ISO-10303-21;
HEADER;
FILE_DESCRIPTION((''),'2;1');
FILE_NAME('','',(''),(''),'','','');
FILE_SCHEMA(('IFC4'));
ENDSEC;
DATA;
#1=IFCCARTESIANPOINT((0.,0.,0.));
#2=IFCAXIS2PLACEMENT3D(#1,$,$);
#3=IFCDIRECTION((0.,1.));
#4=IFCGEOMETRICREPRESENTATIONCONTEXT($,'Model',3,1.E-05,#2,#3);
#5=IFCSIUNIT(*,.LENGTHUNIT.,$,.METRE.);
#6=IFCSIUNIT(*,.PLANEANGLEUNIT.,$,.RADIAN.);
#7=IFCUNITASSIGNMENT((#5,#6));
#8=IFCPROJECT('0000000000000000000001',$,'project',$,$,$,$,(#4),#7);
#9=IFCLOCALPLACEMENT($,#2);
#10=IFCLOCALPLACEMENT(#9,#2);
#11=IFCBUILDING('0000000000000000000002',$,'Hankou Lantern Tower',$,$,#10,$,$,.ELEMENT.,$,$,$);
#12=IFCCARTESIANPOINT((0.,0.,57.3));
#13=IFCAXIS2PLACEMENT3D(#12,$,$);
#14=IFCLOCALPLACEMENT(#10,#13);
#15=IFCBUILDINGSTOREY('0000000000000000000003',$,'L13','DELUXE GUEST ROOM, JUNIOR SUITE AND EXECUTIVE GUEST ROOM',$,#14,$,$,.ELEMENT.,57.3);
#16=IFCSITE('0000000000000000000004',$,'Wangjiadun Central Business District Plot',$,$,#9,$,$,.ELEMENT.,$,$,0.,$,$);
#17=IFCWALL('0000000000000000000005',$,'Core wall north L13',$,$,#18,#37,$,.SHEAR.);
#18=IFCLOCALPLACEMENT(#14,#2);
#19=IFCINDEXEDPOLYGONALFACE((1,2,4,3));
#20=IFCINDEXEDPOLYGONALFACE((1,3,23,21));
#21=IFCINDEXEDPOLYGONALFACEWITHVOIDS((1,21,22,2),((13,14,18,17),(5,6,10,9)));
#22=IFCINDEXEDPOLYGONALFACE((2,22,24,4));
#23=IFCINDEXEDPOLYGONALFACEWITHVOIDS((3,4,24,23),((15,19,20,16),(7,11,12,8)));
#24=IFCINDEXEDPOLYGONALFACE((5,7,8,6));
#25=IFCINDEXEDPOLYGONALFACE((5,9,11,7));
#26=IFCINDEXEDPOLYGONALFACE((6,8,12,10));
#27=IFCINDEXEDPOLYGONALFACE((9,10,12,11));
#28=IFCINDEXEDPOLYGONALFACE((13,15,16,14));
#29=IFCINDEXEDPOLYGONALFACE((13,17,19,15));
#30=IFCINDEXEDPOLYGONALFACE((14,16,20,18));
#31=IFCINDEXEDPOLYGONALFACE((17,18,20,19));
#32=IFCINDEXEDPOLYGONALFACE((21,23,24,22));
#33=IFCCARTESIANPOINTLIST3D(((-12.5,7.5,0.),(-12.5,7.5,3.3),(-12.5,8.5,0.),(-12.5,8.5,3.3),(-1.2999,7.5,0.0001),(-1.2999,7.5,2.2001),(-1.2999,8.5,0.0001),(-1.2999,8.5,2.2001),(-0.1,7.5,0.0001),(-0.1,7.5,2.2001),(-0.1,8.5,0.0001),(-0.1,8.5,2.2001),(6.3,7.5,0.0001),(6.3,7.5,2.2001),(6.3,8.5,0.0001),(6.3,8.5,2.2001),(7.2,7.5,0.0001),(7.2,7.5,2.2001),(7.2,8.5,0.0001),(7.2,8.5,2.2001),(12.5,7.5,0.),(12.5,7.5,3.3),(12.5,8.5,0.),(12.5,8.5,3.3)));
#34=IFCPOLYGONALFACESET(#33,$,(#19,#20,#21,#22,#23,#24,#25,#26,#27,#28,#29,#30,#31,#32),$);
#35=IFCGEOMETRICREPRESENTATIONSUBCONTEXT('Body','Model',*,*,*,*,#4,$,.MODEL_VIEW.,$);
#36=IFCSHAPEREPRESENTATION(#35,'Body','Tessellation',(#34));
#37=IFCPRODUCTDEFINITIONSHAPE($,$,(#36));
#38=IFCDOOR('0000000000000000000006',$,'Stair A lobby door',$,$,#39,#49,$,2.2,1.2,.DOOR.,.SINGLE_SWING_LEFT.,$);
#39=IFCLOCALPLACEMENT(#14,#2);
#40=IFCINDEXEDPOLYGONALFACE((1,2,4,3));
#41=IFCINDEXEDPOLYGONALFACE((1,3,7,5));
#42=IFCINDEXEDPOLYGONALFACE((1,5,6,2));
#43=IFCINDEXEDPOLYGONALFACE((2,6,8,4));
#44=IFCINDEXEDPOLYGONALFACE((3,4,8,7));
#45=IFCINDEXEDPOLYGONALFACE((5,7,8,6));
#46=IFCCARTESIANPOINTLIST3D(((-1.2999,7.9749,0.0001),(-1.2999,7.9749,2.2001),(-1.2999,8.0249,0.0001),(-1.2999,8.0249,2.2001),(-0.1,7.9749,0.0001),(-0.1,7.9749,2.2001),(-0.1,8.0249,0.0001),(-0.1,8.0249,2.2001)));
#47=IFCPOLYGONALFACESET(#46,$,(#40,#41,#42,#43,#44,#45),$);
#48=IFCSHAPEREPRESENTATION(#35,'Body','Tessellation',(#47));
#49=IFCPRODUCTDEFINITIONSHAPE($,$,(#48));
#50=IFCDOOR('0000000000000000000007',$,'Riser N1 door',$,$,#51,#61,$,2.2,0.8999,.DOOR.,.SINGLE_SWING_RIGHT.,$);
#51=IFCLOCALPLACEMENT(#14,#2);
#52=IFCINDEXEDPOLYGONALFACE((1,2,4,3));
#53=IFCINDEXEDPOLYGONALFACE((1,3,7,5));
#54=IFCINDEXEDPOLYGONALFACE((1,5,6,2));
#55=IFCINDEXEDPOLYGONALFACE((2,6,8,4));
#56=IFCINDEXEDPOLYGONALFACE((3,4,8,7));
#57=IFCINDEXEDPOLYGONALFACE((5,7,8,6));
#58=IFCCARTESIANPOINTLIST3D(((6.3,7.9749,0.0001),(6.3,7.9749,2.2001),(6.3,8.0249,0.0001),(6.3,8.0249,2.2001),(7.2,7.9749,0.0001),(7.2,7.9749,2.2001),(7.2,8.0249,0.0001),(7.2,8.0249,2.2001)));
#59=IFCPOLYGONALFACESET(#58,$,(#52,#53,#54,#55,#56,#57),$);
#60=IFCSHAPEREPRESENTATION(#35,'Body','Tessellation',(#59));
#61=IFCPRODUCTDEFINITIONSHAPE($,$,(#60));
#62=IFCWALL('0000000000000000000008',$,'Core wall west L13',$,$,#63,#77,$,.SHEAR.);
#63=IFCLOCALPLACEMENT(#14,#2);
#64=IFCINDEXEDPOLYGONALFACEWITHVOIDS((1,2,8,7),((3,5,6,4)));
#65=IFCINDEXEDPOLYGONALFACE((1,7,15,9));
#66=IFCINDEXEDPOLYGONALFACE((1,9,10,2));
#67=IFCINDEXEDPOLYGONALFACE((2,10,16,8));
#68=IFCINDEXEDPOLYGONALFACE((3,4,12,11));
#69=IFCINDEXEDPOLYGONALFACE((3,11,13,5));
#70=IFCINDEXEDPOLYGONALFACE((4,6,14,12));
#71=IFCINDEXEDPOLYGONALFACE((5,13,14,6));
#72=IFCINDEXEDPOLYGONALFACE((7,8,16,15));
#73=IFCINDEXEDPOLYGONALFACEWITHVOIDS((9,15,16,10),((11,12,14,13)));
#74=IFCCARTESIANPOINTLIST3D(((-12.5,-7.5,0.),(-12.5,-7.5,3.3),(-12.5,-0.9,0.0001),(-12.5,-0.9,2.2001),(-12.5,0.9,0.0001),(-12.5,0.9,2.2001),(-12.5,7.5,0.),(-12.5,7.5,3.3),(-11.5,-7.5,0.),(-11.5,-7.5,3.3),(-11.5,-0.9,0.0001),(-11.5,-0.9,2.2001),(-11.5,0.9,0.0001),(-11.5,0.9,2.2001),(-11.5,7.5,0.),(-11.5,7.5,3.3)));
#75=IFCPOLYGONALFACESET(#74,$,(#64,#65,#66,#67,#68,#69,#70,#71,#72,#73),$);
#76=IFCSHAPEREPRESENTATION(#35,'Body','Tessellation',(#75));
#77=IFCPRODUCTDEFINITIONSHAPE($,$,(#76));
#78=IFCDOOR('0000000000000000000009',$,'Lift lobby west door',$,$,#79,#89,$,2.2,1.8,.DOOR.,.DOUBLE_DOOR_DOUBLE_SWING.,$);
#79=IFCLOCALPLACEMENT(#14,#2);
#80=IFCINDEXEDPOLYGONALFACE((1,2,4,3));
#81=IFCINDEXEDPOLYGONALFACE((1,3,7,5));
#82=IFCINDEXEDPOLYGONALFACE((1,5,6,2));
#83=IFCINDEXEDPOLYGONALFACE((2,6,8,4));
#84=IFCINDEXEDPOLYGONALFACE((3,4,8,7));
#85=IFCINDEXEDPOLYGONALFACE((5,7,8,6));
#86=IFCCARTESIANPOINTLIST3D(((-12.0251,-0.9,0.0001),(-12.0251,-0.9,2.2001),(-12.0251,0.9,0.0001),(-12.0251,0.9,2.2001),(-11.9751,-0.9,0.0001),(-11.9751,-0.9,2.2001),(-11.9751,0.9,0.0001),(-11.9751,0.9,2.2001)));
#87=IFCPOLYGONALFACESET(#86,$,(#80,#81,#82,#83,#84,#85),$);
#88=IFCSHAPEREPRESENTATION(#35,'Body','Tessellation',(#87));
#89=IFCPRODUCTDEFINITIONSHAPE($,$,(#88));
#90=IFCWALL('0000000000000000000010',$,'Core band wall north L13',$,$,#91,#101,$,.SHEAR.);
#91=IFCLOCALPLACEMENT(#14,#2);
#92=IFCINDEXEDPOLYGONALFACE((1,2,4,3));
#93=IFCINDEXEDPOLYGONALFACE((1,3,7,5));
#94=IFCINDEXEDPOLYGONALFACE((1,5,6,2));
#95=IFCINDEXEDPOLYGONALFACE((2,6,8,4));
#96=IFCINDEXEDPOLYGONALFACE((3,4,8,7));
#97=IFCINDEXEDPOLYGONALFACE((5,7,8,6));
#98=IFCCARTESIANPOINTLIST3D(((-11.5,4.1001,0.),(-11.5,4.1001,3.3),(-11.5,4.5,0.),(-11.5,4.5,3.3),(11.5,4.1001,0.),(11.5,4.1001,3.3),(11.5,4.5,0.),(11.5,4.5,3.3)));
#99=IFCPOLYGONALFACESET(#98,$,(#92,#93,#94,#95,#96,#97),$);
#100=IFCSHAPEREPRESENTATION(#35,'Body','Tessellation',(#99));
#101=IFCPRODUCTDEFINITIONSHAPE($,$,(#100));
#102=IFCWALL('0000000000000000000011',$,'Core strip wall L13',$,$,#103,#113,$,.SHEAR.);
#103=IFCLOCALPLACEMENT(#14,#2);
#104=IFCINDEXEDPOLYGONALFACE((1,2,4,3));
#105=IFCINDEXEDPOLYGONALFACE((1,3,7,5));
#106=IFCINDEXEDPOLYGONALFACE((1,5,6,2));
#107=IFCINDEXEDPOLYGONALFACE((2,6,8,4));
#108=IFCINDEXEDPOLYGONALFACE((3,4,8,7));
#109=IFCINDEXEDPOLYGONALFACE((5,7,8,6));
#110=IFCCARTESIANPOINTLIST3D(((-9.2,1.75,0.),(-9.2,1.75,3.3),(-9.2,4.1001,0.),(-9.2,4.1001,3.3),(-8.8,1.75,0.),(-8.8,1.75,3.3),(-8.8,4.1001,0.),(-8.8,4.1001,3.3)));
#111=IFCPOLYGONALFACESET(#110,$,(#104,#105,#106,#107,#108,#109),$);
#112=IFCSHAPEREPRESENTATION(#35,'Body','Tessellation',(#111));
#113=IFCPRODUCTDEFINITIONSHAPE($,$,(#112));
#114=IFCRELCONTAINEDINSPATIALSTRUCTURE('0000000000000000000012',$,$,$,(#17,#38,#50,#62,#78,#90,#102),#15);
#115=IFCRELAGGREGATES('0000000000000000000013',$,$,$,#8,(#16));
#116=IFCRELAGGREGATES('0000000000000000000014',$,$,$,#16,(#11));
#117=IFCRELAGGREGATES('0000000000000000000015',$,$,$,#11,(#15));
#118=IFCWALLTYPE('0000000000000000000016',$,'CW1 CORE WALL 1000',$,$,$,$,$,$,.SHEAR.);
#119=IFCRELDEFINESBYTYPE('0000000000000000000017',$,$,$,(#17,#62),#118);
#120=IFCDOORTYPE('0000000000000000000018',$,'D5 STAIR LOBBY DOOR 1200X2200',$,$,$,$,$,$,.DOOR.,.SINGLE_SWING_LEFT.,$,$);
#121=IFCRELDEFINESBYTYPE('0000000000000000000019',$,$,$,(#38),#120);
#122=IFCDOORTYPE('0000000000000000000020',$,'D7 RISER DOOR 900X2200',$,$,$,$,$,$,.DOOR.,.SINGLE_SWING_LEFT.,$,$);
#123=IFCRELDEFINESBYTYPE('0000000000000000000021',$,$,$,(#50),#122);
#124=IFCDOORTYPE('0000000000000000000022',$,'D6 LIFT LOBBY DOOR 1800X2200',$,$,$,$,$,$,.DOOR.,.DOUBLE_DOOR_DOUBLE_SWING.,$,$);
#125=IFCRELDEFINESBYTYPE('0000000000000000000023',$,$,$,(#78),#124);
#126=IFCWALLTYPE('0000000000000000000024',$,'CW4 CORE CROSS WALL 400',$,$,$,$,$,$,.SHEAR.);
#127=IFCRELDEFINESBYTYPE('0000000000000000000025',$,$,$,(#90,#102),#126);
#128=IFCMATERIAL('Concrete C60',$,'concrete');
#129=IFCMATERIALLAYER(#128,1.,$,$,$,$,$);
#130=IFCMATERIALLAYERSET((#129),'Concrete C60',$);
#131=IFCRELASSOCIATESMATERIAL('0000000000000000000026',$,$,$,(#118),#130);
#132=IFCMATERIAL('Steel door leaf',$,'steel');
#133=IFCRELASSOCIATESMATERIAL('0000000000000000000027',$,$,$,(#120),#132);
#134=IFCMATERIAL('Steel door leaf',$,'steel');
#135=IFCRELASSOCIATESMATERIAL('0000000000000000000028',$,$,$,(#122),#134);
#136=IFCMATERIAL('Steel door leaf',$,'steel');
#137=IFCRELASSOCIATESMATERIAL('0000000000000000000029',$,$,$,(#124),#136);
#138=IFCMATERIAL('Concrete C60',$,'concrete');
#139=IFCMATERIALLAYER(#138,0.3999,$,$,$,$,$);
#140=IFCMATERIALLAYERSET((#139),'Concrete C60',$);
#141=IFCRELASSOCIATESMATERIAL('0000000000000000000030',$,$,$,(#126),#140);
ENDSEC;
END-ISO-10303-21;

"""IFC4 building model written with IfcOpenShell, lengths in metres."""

from ifc_helpers import new_model, si_unit, direction, frame, frame_2d, origin, place, context, subcontext, project, spatial, rectangle, extrude, material, layer, layer_set, type_object, element, fill, save


model = new_model("IFC4")

# Units and contexts
model_context = context("Model", 3, precision=1e-05, world=origin(), true_north=direction((0.0, 1.0)))
body_context = subcontext(model_context, "Body", "Model", "MODEL_VIEW")
ifc_project = project(units=[si_unit("LENGTHUNIT", "METRE"), si_unit("PLANEANGLEUNIT", "RADIAN")], contexts=[model_context])

# Site, building, storey
site_placement = place(None, origin())
site = spatial("IfcSite", under=ifc_project, at=site_placement, Name="Wangjiadun Central Business District Plot", CompositionType="ELEMENT", RefElevation=0.0)
building_placement = place(site_placement, origin())
building = spatial("IfcBuilding", under=site, at=building_placement, Name="Hankou Lantern Tower", CompositionType="ELEMENT")
storey_placement = place(building_placement, frame((0.0, 0.0, 57.3)))
storey = spatial("IfcBuildingStorey", under=building, at=storey_placement, Name="L13", Description="DELUXE GUEST ROOM, JUNIOR SUITE AND EXECUTIVE GUEST ROOM", CompositionType="ELEMENT", Elevation=57.3)

# Wall, openings, doors
ifc_material_1 = material(Name="Concrete C60", Category="concrete")
ifc_layer_1 = layer(ifc_material_1, 1.0)
ifc_layer_set_1 = layer_set([ifc_layer_1], Name="Concrete C60")
wall_type_1 = type_object("IfcWallType", Name="CW1 CORE WALL 1000", PredefinedType="SHEAR", material=ifc_layer_set_1)
wall_1_placement = place(storey_placement, frame((-12.5, 8.0, 0.0), z_axis=(0.0, 0.0, 1.0), x_axis=(1.0, 0.0, 0.0)))
wall_1 = element("IfcWall", 1, at=wall_1_placement, inside=storey, type_object=wall_type_1, Name="Core wall north L13", PredefinedType="SHEAR", context=body_context, shape_type="SweptSolid", body=[
    extrude(rectangle(XDim=25.0, YDim=1.0, at=frame_2d((12.5, 0.0))), origin(), (0.0, 0.0, 1.0), 3.3),
])
opening_1_placement = place(wall_1_placement, frame((11.2, 0.0, 0.0)))
opening_1 = element("IfcOpeningElement", 2, at=opening_1_placement, cuts=wall_1, PredefinedType="OPENING", context=body_context, shape_type="SweptSolid", body=[
    extrude(rectangle(XDim=1.2, YDim=2.2, at=frame_2d((0.6001, 1.1001))), frame((0.0, 0.51, 0.0), z_axis=(0.0, -1.0, 0.0), x_axis=(1.0, 0.0, 0.0)), (0.0, 0.0, 1.0), 1.02),
])
opening_2_placement = place(wall_1_placement, frame((18.8, 0.0, 0.0)))
opening_2 = element("IfcOpeningElement", 3, at=opening_2_placement, cuts=wall_1, PredefinedType="OPENING", context=body_context, shape_type="SweptSolid", body=[
    extrude(rectangle(XDim=0.8999, YDim=2.2, at=frame_2d((0.45, 1.1001))), frame((0.0, 0.51, 0.0), z_axis=(0.0, -1.0, 0.0), x_axis=(1.0, 0.0, 0.0)), (0.0, 0.0, 1.0), 1.02),
])
ifc_material_2 = material(Name="Steel door leaf", Category="steel")
door_type_1 = type_object("IfcDoorType", Name="D5 STAIR LOBBY DOOR 1200X2200", OperationType="SINGLE_SWING_LEFT", PredefinedType="DOOR", material=ifc_material_2)
door_1_placement = place(opening_1_placement, origin())
door_1 = element("IfcDoor", 4, at=door_1_placement, inside=storey, type_object=door_type_1, Name="Stair A lobby door", OperationType="SINGLE_SWING_LEFT", OverallHeight=2.2, OverallWidth=1.2, PredefinedType="DOOR", context=body_context, shape_type="SweptSolid", body=[
    extrude(rectangle(XDim=1.2, YDim=2.2, at=frame_2d((0.6001, 1.1001))), frame((0.0, 0.0249, 0.0), z_axis=(0.0, -1.0, 0.0), x_axis=(1.0, 0.0, 0.0)), (0.0, 0.0, 1.0), 0.05),
])
fill(opening_1, door_1)
ifc_material_3 = material(Name="Steel door leaf", Category="steel")
door_type_2 = type_object("IfcDoorType", Name="D7 RISER DOOR 900X2200", OperationType="SINGLE_SWING_LEFT", PredefinedType="DOOR", material=ifc_material_3)
door_2_placement = place(opening_2_placement, origin())
door_2 = element("IfcDoor", 5, at=door_2_placement, inside=storey, type_object=door_type_2, Name="Riser N1 door", OperationType="SINGLE_SWING_RIGHT", OverallHeight=2.2, OverallWidth=0.8999, PredefinedType="DOOR", context=body_context, shape_type="SweptSolid", body=[
    extrude(rectangle(XDim=0.8999, YDim=2.2, at=frame_2d((0.45, 1.1001))), frame((0.0, 0.0249, 0.0), z_axis=(0.0, -1.0, 0.0), x_axis=(1.0, 0.0, 0.0)), (0.0, 0.0, 1.0), 0.05),
])
fill(opening_2, door_2)

# Wall, opening, door
wall_2_placement = place(storey_placement, frame((-12.0, 7.5, 0.0), z_axis=(0.0, 0.0, 1.0), x_axis=(0.0, -1.0, 0.0)))
wall_2 = element("IfcWall", 6, at=wall_2_placement, inside=storey, type_object=wall_type_1, Name="Core wall west L13", PredefinedType="SHEAR", context=body_context, shape_type="SweptSolid", body=[
    extrude(rectangle(XDim=15.0, YDim=1.0, at=frame_2d((7.5, 0.0))), origin(), (0.0, 0.0, 1.0), 3.3),
])
opening_3_placement = place(wall_2_placement, frame((6.6001, 0.0, 0.0)))
opening_3 = element("IfcOpeningElement", 7, at=opening_3_placement, cuts=wall_2, PredefinedType="OPENING", context=body_context, shape_type="SweptSolid", body=[
    extrude(rectangle(XDim=1.8, YDim=2.2, at=frame_2d((0.8999, 1.1001))), frame((0.0, 0.51, 0.0), z_axis=(0.0, -1.0, 0.0), x_axis=(1.0, 0.0, 0.0)), (0.0, 0.0, 1.0), 1.02),
])
ifc_material_4 = material(Name="Steel door leaf", Category="steel")
door_type_3 = type_object("IfcDoorType", Name="D6 LIFT LOBBY DOOR 1800X2200", OperationType="DOUBLE_DOOR_DOUBLE_SWING", PredefinedType="DOOR", material=ifc_material_4)
door_3_placement = place(opening_3_placement, origin())
door_3 = element("IfcDoor", 8, at=door_3_placement, inside=storey, type_object=door_type_3, Name="Lift lobby west door", OperationType="DOUBLE_DOOR_DOUBLE_SWING", OverallHeight=2.2, OverallWidth=1.8, PredefinedType="DOOR", context=body_context, shape_type="SweptSolid", body=[
    extrude(rectangle(XDim=1.8, YDim=2.2, at=frame_2d((0.8999, 1.1001))), frame((0.0, 0.0249, 0.0), z_axis=(0.0, -1.0, 0.0), x_axis=(1.0, 0.0, 0.0)), (0.0, 0.0, 1.0), 0.05),
])
fill(opening_3, door_3)

# Walls
ifc_material_5 = material(Name="Concrete C60", Category="concrete")
ifc_layer_2 = layer(ifc_material_5, 0.3999)
ifc_layer_set_2 = layer_set([ifc_layer_2], Name="Concrete C60")
wall_type_2 = type_object("IfcWallType", Name="CW4 CORE CROSS WALL 400", PredefinedType="SHEAR", material=ifc_layer_set_2)
wall_3_placement = place(storey_placement, frame((-11.5, 4.3, 0.0), z_axis=(0.0, 0.0, 1.0), x_axis=(1.0, 0.0, 0.0)))
element("IfcWall", 9, at=wall_3_placement, inside=storey, type_object=wall_type_2, Name="Core band wall north L13", PredefinedType="SHEAR", context=body_context, shape_type="SweptSolid", body=[
    extrude(rectangle(XDim=23.0, YDim=0.3999, at=frame_2d((11.5, 0.0))), origin(), (0.0, 0.0, 1.0), 3.3),
])
wall_4_placement = place(storey_placement, frame((-9.0, 1.75, 0.0), z_axis=(0.0, 0.0, 1.0), x_axis=(0.0, 1.0, 0.0)))
element("IfcWall", 10, at=wall_4_placement, inside=storey, type_object=wall_type_2, Name="Core strip wall L13", PredefinedType="SHEAR", context=body_context, shape_type="SweptSolid", body=[
    extrude(rectangle(XDim=2.3501, YDim=0.3999, at=frame_2d((1.175, 0.0))), origin(), (0.0, 0.0, 1.0), 3.3),
])

save(model, "model.ifc")
